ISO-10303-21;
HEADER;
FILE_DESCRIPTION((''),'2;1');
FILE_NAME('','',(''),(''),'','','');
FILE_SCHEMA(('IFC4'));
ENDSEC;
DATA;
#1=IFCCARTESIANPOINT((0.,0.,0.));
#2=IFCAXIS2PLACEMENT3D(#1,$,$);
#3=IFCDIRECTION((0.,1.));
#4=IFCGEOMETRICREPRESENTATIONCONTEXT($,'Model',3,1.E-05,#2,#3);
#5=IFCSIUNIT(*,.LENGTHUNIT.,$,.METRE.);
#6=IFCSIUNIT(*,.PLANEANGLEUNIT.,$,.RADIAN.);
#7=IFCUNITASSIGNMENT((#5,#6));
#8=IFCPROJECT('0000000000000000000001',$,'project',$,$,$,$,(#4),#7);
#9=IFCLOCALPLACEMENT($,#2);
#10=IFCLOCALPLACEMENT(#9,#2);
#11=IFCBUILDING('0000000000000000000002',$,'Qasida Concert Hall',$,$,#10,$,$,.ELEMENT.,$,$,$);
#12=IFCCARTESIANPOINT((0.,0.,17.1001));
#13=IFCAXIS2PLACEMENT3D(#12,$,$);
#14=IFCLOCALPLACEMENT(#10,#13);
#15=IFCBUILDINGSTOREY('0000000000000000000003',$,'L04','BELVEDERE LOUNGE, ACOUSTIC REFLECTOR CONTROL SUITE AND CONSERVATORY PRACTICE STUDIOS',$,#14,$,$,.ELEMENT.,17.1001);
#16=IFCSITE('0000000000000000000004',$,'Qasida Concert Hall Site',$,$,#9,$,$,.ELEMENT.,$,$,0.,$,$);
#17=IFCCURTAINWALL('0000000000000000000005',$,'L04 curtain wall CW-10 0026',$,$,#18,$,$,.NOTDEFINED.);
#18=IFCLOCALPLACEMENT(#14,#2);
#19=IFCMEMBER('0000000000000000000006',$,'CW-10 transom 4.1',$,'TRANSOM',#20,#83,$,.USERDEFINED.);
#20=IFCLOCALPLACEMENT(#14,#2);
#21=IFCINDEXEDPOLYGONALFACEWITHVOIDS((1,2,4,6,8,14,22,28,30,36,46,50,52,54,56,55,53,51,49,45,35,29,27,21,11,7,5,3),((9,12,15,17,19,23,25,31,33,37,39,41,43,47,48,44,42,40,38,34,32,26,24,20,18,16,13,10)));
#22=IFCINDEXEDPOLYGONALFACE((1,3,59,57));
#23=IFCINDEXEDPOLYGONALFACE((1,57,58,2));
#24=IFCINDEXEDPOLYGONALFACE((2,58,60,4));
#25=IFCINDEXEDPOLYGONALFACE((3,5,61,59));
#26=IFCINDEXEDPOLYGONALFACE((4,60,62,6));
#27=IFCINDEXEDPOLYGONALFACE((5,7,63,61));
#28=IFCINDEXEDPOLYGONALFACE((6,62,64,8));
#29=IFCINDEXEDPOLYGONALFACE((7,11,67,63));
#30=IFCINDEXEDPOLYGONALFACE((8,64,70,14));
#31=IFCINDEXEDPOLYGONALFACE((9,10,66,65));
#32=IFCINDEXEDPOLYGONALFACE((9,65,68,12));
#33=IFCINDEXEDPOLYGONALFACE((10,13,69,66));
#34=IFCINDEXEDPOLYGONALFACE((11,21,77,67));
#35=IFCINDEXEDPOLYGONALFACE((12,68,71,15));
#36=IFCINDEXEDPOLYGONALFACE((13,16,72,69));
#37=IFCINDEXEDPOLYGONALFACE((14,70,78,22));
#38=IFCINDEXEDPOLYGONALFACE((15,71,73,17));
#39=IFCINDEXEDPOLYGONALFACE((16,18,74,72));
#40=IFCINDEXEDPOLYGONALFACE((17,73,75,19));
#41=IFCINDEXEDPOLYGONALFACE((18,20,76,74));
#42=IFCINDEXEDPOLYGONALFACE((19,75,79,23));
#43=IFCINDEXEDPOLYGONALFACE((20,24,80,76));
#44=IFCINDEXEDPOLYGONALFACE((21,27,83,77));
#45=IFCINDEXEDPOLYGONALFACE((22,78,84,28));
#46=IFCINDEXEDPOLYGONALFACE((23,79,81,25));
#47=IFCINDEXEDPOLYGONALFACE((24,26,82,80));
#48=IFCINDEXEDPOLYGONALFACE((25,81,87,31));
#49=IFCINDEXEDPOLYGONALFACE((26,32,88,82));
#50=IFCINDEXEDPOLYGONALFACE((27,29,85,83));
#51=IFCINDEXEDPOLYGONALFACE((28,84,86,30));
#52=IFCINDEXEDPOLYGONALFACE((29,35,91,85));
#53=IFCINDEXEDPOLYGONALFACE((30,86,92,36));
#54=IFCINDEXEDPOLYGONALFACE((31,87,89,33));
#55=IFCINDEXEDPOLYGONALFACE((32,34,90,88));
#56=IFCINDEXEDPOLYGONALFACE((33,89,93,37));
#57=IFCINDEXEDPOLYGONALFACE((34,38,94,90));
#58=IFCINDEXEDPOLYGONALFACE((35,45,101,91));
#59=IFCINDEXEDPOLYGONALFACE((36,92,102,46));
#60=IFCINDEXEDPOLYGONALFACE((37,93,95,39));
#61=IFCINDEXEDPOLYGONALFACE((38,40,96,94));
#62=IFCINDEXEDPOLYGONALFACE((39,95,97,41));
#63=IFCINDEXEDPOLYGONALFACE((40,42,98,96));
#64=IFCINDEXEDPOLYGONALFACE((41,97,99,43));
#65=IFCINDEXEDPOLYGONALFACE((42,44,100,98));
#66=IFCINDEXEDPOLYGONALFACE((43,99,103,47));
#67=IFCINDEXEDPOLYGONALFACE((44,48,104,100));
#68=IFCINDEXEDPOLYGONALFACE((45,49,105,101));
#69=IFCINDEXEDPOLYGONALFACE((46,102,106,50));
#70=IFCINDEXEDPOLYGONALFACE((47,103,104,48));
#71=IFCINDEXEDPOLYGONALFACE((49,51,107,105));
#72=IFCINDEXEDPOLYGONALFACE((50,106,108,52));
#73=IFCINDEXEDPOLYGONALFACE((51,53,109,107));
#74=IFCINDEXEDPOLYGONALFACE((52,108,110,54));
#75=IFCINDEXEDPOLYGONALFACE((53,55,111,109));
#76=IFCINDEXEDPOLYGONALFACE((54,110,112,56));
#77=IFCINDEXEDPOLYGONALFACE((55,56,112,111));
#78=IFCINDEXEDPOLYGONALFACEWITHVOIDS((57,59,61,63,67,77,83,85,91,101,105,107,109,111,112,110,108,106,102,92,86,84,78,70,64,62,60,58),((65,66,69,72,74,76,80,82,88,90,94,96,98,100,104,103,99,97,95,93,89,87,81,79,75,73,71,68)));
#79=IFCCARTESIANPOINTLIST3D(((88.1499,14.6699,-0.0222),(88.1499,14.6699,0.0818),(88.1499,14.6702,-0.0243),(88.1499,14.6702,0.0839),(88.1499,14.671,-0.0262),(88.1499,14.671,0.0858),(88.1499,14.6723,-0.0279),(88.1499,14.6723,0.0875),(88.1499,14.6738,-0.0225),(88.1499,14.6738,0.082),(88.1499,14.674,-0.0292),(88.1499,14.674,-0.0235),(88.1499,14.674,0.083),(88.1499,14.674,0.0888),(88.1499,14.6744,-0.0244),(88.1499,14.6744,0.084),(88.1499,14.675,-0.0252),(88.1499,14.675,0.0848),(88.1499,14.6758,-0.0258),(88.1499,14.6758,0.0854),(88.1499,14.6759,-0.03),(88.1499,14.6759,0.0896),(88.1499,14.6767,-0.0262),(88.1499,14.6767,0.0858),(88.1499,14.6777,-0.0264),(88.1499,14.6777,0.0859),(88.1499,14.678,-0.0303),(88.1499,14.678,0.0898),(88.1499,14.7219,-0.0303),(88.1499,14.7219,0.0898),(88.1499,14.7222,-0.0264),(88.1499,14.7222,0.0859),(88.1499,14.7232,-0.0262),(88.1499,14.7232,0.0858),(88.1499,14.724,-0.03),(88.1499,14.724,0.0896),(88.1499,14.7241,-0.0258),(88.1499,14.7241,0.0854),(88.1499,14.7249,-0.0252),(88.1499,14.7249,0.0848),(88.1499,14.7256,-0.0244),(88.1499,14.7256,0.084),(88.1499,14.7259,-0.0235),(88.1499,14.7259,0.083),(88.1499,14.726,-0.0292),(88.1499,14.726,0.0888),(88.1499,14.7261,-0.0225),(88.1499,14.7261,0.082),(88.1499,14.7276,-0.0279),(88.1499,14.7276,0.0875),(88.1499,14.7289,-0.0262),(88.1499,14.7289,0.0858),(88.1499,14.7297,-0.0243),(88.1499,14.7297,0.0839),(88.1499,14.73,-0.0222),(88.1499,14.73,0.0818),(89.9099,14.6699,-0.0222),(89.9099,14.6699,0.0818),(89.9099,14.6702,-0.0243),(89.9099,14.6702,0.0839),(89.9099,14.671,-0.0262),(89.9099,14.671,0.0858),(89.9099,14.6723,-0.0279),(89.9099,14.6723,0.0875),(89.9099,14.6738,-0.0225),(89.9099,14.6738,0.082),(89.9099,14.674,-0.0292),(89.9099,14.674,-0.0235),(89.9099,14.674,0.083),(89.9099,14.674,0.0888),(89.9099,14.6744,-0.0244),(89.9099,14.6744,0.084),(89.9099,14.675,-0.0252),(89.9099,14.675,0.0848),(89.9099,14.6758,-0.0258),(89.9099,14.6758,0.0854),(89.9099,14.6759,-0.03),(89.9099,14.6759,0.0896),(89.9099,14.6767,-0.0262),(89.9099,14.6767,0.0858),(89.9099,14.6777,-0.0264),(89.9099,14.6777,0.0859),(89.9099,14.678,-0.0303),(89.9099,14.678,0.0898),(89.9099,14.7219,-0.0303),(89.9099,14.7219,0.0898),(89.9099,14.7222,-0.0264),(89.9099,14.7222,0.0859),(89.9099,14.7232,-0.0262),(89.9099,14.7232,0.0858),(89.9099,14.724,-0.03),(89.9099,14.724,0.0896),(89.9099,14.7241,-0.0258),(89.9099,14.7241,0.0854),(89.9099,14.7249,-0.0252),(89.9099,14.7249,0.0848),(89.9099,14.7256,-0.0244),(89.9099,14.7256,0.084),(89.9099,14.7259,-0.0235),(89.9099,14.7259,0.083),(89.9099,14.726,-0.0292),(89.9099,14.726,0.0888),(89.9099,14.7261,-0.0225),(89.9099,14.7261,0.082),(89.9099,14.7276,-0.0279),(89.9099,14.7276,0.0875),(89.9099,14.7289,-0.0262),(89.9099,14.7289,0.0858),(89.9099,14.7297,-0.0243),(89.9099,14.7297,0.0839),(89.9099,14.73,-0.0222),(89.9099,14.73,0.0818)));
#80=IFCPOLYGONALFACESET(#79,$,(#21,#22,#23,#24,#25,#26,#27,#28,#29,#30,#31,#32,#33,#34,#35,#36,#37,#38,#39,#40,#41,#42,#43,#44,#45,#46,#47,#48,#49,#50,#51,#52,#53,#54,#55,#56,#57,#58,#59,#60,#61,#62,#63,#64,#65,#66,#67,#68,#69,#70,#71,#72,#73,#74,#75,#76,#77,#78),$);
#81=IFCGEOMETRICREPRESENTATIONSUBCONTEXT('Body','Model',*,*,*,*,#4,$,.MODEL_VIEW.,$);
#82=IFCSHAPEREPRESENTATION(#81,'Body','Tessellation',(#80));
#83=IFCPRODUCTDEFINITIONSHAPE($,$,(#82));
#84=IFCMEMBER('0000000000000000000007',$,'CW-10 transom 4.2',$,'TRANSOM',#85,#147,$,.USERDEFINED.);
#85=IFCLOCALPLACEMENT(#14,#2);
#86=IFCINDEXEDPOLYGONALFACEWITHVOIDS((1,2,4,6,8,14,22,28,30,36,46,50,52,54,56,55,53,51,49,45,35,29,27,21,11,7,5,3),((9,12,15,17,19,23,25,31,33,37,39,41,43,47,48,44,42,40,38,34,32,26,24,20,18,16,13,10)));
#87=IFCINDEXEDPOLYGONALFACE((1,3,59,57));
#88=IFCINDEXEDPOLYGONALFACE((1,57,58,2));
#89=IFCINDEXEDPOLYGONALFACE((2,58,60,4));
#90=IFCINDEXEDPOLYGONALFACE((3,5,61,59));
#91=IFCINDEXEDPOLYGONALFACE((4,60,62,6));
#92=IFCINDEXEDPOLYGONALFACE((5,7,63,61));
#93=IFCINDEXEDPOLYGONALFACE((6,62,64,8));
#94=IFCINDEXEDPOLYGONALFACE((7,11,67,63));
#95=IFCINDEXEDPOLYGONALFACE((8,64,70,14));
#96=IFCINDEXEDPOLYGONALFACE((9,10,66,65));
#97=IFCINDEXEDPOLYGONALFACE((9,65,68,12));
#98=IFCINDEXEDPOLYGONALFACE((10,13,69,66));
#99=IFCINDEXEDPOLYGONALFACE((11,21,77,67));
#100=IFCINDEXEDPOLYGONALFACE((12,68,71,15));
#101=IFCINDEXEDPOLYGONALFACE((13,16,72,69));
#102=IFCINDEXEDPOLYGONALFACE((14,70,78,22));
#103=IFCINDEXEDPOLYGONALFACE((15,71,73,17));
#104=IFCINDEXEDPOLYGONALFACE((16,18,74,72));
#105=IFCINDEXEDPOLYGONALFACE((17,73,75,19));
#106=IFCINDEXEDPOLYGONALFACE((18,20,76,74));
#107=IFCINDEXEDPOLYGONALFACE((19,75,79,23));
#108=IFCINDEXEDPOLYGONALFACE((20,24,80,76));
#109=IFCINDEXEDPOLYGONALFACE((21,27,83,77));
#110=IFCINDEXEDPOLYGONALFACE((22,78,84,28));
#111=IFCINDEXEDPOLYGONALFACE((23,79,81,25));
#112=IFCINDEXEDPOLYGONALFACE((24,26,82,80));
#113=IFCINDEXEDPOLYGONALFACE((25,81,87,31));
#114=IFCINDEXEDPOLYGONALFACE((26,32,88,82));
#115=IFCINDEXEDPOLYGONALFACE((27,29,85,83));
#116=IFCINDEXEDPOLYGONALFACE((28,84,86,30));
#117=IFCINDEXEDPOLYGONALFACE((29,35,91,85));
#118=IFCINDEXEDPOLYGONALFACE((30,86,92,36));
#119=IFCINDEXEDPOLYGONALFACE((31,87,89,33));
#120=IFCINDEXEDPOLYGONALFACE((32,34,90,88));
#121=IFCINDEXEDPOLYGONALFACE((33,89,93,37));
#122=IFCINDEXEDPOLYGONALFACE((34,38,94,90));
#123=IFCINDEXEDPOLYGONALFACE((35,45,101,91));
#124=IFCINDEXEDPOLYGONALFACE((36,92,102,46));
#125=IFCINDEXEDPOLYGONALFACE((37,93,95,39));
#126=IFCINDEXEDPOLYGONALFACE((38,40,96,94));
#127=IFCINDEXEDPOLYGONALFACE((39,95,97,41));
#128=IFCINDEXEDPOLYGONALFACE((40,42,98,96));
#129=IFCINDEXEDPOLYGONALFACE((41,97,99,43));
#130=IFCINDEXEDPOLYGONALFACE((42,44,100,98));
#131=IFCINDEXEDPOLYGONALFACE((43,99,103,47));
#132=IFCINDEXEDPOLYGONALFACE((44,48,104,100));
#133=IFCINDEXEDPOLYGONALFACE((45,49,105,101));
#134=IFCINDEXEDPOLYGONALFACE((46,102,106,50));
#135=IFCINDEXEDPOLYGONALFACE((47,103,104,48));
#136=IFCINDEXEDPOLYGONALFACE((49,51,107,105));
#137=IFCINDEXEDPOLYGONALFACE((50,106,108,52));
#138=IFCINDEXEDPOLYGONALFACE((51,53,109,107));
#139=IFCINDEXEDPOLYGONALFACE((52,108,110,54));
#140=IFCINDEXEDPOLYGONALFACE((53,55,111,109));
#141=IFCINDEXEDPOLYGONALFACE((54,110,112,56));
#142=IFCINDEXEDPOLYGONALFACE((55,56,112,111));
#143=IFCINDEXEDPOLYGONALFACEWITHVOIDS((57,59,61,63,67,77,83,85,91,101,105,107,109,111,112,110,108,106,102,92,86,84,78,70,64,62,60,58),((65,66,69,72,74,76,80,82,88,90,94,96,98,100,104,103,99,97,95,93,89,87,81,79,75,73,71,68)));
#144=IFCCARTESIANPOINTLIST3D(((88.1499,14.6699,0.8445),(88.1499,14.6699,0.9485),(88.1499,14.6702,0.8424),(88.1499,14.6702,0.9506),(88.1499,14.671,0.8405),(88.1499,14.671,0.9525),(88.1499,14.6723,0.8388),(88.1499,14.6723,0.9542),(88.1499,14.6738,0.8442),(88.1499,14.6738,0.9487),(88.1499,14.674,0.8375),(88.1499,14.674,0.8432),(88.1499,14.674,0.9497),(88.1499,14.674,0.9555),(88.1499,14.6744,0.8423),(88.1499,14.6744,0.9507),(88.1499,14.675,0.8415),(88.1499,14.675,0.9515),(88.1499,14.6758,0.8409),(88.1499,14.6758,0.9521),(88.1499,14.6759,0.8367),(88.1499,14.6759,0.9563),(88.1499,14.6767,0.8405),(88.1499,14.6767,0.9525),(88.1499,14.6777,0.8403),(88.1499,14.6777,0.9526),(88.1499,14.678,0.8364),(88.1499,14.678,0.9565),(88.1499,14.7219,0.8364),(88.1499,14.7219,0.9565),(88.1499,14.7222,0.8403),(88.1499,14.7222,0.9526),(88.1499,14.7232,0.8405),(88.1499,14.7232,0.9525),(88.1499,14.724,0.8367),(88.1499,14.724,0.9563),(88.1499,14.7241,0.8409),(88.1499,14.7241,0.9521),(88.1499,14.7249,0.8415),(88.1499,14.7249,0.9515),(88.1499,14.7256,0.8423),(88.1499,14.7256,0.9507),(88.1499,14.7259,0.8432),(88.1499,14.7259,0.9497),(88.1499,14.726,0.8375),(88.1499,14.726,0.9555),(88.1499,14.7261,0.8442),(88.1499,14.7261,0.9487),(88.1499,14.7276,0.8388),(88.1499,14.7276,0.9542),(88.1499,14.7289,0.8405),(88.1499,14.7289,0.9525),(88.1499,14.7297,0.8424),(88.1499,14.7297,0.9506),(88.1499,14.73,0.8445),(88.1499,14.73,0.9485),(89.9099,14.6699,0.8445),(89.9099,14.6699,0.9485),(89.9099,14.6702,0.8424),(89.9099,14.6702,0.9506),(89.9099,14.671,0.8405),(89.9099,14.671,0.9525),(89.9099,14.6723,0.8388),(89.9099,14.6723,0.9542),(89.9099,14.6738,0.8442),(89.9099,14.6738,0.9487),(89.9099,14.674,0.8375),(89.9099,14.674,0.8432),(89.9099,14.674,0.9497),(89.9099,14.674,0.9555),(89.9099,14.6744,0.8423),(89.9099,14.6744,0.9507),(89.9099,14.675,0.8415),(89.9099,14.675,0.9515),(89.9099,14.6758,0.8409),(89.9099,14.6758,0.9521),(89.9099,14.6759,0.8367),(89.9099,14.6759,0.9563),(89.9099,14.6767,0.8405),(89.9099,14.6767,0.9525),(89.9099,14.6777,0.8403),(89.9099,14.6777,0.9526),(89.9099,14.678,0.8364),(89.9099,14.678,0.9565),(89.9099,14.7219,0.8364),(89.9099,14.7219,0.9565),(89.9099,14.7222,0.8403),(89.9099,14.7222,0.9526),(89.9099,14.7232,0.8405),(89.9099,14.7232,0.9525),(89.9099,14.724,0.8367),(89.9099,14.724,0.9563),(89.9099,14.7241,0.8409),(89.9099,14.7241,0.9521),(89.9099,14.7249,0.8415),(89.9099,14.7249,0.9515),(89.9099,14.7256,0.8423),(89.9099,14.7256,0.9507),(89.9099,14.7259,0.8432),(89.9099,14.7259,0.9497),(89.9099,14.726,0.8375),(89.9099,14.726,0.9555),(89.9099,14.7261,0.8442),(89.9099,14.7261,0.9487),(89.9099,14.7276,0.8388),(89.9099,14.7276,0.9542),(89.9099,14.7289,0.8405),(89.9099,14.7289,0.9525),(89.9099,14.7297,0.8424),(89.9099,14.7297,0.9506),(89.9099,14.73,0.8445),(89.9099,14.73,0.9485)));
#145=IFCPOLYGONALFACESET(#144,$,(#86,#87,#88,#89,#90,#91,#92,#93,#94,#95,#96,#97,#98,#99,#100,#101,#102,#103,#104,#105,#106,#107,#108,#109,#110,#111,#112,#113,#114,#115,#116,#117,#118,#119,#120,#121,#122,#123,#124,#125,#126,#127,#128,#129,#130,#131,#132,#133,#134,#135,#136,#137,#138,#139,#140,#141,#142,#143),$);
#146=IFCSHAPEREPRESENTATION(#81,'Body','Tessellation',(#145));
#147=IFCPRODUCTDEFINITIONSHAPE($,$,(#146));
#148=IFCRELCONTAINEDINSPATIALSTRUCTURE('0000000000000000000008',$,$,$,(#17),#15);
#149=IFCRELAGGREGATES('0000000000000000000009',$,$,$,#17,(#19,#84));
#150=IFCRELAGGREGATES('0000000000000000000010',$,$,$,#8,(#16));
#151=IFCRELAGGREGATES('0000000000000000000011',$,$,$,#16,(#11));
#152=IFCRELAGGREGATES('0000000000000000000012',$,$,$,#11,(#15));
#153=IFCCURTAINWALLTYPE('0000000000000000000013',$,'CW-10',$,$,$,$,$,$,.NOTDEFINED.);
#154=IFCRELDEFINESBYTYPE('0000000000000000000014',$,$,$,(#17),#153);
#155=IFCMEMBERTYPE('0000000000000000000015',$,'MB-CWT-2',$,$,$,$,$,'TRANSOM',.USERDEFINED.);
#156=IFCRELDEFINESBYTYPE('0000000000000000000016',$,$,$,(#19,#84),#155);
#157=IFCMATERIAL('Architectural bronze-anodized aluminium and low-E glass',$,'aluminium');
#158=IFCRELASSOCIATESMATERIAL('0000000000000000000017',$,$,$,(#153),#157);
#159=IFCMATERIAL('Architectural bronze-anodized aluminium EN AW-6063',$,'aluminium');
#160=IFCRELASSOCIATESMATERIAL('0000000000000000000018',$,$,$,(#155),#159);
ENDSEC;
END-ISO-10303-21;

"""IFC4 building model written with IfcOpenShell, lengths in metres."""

from ifc_helpers import new_model, si_unit, direction, frame, origin, origin_2d, place, context, subcontext, project, spatial, hollow_rectangle, extrude, material, material_profile, profile_set, type_object, element, aggregate, save


model = new_model("IFC4")

# Units and contexts
model_context = context("Model", 3, precision=1e-05, world=origin(), true_north=direction((0.0, 1.0)))
body_context = subcontext(model_context, "Body", "Model", "MODEL_VIEW")
ifc_project = project(units=[si_unit("LENGTHUNIT", "METRE"), si_unit("PLANEANGLEUNIT", "RADIAN")], contexts=[model_context])

# Site, building, storey
site_placement = place(None, origin())
site = spatial("IfcSite", under=ifc_project, at=site_placement, Name="Qasida Concert Hall Site", CompositionType="ELEMENT", RefElevation=0.0)
building_placement = place(site_placement, origin())
building = spatial("IfcBuilding", under=site, at=building_placement, Name="Qasida Concert Hall", CompositionType="ELEMENT")
storey_placement = place(building_placement, frame((0.0, 0.0, 17.1001)))
storey = spatial("IfcBuildingStorey", under=building, at=storey_placement, Name="L04", Description="BELVEDERE LOUNGE, ACOUSTIC REFLECTOR CONTROL SUITE AND CONSERVATORY PRACTICE STUDIOS", CompositionType="ELEMENT", Elevation=17.1001)

# Curtain wall, members
ifc_material_1 = material(Name="Architectural bronze-anodized aluminium and low-E glass", Category="aluminium")
curtain_wall_type = type_object("IfcCurtainWallType", Name="CW-10", PredefinedType="NOTDEFINED", material=ifc_material_1)
curtain_wall_placement = place(storey_placement, origin())
curtain_wall = element("IfcCurtainWall", 1, at=curtain_wall_placement, inside=storey, type_object=curtain_wall_type, Name="L04 curtain wall CW-10 0026", PredefinedType="NOTDEFINED")
ifc_material_2 = material(Name="Architectural bronze-anodized aluminium EN AW-6063", Category="aluminium")
ifc_material_profile_1 = material_profile(ifc_material_2, hollow_rectangle(XDim=0.0601, YDim=0.1201, WallThickness=0.0039, InnerFilletRadius=0.0039, OuterFilletRadius=0.0081, at=origin_2d()), Name="CWT 120x60x4")
ifc_profile_set_1 = profile_set([ifc_material_profile_1], Name="Architectural bronze-anodized aluminium EN AW-6063")
member_type_1 = type_object("IfcMemberType", Name="MB-CWT-2", ElementType="TRANSOM", PredefinedType="USERDEFINED", material=ifc_profile_set_1)
member_1_placement = place(storey_placement, frame((88.1499, 14.7, 0.0298), z_axis=(1.0, 0.0, 0.0), x_axis=(0.0, 1.0, 0.0)))
member_1 = element("IfcMember", 2, at=member_1_placement, type_object=member_type_1, Name="CW-10 transom 4.1", ObjectType="TRANSOM", PredefinedType="USERDEFINED", context=body_context, shape_type="SweptSolid", body=[
    extrude(hollow_rectangle(XDim=0.0601, YDim=0.1201, WallThickness=0.0039, InnerFilletRadius=0.0039, OuterFilletRadius=0.0081, at=origin_2d()), origin(), (0.0, 0.0, 1.0), 1.76),
])
member_2_placement = place(storey_placement, frame((88.1499, 14.7, 0.8965), z_axis=(1.0, 0.0, 0.0), x_axis=(0.0, 1.0, 0.0)))
member_2 = element("IfcMember", 3, at=member_2_placement, type_object=member_type_1, Name="CW-10 transom 4.2", ObjectType="TRANSOM", PredefinedType="USERDEFINED", context=body_context, shape_type="SweptSolid", body=[
    extrude(hollow_rectangle(XDim=0.0601, YDim=0.1201, WallThickness=0.0039, InnerFilletRadius=0.0039, OuterFilletRadius=0.0081, at=origin_2d()), origin(), (0.0, 0.0, 1.0), 1.76),
])
aggregate(curtain_wall, [member_1, member_2])

save(model, "model.ifc")
